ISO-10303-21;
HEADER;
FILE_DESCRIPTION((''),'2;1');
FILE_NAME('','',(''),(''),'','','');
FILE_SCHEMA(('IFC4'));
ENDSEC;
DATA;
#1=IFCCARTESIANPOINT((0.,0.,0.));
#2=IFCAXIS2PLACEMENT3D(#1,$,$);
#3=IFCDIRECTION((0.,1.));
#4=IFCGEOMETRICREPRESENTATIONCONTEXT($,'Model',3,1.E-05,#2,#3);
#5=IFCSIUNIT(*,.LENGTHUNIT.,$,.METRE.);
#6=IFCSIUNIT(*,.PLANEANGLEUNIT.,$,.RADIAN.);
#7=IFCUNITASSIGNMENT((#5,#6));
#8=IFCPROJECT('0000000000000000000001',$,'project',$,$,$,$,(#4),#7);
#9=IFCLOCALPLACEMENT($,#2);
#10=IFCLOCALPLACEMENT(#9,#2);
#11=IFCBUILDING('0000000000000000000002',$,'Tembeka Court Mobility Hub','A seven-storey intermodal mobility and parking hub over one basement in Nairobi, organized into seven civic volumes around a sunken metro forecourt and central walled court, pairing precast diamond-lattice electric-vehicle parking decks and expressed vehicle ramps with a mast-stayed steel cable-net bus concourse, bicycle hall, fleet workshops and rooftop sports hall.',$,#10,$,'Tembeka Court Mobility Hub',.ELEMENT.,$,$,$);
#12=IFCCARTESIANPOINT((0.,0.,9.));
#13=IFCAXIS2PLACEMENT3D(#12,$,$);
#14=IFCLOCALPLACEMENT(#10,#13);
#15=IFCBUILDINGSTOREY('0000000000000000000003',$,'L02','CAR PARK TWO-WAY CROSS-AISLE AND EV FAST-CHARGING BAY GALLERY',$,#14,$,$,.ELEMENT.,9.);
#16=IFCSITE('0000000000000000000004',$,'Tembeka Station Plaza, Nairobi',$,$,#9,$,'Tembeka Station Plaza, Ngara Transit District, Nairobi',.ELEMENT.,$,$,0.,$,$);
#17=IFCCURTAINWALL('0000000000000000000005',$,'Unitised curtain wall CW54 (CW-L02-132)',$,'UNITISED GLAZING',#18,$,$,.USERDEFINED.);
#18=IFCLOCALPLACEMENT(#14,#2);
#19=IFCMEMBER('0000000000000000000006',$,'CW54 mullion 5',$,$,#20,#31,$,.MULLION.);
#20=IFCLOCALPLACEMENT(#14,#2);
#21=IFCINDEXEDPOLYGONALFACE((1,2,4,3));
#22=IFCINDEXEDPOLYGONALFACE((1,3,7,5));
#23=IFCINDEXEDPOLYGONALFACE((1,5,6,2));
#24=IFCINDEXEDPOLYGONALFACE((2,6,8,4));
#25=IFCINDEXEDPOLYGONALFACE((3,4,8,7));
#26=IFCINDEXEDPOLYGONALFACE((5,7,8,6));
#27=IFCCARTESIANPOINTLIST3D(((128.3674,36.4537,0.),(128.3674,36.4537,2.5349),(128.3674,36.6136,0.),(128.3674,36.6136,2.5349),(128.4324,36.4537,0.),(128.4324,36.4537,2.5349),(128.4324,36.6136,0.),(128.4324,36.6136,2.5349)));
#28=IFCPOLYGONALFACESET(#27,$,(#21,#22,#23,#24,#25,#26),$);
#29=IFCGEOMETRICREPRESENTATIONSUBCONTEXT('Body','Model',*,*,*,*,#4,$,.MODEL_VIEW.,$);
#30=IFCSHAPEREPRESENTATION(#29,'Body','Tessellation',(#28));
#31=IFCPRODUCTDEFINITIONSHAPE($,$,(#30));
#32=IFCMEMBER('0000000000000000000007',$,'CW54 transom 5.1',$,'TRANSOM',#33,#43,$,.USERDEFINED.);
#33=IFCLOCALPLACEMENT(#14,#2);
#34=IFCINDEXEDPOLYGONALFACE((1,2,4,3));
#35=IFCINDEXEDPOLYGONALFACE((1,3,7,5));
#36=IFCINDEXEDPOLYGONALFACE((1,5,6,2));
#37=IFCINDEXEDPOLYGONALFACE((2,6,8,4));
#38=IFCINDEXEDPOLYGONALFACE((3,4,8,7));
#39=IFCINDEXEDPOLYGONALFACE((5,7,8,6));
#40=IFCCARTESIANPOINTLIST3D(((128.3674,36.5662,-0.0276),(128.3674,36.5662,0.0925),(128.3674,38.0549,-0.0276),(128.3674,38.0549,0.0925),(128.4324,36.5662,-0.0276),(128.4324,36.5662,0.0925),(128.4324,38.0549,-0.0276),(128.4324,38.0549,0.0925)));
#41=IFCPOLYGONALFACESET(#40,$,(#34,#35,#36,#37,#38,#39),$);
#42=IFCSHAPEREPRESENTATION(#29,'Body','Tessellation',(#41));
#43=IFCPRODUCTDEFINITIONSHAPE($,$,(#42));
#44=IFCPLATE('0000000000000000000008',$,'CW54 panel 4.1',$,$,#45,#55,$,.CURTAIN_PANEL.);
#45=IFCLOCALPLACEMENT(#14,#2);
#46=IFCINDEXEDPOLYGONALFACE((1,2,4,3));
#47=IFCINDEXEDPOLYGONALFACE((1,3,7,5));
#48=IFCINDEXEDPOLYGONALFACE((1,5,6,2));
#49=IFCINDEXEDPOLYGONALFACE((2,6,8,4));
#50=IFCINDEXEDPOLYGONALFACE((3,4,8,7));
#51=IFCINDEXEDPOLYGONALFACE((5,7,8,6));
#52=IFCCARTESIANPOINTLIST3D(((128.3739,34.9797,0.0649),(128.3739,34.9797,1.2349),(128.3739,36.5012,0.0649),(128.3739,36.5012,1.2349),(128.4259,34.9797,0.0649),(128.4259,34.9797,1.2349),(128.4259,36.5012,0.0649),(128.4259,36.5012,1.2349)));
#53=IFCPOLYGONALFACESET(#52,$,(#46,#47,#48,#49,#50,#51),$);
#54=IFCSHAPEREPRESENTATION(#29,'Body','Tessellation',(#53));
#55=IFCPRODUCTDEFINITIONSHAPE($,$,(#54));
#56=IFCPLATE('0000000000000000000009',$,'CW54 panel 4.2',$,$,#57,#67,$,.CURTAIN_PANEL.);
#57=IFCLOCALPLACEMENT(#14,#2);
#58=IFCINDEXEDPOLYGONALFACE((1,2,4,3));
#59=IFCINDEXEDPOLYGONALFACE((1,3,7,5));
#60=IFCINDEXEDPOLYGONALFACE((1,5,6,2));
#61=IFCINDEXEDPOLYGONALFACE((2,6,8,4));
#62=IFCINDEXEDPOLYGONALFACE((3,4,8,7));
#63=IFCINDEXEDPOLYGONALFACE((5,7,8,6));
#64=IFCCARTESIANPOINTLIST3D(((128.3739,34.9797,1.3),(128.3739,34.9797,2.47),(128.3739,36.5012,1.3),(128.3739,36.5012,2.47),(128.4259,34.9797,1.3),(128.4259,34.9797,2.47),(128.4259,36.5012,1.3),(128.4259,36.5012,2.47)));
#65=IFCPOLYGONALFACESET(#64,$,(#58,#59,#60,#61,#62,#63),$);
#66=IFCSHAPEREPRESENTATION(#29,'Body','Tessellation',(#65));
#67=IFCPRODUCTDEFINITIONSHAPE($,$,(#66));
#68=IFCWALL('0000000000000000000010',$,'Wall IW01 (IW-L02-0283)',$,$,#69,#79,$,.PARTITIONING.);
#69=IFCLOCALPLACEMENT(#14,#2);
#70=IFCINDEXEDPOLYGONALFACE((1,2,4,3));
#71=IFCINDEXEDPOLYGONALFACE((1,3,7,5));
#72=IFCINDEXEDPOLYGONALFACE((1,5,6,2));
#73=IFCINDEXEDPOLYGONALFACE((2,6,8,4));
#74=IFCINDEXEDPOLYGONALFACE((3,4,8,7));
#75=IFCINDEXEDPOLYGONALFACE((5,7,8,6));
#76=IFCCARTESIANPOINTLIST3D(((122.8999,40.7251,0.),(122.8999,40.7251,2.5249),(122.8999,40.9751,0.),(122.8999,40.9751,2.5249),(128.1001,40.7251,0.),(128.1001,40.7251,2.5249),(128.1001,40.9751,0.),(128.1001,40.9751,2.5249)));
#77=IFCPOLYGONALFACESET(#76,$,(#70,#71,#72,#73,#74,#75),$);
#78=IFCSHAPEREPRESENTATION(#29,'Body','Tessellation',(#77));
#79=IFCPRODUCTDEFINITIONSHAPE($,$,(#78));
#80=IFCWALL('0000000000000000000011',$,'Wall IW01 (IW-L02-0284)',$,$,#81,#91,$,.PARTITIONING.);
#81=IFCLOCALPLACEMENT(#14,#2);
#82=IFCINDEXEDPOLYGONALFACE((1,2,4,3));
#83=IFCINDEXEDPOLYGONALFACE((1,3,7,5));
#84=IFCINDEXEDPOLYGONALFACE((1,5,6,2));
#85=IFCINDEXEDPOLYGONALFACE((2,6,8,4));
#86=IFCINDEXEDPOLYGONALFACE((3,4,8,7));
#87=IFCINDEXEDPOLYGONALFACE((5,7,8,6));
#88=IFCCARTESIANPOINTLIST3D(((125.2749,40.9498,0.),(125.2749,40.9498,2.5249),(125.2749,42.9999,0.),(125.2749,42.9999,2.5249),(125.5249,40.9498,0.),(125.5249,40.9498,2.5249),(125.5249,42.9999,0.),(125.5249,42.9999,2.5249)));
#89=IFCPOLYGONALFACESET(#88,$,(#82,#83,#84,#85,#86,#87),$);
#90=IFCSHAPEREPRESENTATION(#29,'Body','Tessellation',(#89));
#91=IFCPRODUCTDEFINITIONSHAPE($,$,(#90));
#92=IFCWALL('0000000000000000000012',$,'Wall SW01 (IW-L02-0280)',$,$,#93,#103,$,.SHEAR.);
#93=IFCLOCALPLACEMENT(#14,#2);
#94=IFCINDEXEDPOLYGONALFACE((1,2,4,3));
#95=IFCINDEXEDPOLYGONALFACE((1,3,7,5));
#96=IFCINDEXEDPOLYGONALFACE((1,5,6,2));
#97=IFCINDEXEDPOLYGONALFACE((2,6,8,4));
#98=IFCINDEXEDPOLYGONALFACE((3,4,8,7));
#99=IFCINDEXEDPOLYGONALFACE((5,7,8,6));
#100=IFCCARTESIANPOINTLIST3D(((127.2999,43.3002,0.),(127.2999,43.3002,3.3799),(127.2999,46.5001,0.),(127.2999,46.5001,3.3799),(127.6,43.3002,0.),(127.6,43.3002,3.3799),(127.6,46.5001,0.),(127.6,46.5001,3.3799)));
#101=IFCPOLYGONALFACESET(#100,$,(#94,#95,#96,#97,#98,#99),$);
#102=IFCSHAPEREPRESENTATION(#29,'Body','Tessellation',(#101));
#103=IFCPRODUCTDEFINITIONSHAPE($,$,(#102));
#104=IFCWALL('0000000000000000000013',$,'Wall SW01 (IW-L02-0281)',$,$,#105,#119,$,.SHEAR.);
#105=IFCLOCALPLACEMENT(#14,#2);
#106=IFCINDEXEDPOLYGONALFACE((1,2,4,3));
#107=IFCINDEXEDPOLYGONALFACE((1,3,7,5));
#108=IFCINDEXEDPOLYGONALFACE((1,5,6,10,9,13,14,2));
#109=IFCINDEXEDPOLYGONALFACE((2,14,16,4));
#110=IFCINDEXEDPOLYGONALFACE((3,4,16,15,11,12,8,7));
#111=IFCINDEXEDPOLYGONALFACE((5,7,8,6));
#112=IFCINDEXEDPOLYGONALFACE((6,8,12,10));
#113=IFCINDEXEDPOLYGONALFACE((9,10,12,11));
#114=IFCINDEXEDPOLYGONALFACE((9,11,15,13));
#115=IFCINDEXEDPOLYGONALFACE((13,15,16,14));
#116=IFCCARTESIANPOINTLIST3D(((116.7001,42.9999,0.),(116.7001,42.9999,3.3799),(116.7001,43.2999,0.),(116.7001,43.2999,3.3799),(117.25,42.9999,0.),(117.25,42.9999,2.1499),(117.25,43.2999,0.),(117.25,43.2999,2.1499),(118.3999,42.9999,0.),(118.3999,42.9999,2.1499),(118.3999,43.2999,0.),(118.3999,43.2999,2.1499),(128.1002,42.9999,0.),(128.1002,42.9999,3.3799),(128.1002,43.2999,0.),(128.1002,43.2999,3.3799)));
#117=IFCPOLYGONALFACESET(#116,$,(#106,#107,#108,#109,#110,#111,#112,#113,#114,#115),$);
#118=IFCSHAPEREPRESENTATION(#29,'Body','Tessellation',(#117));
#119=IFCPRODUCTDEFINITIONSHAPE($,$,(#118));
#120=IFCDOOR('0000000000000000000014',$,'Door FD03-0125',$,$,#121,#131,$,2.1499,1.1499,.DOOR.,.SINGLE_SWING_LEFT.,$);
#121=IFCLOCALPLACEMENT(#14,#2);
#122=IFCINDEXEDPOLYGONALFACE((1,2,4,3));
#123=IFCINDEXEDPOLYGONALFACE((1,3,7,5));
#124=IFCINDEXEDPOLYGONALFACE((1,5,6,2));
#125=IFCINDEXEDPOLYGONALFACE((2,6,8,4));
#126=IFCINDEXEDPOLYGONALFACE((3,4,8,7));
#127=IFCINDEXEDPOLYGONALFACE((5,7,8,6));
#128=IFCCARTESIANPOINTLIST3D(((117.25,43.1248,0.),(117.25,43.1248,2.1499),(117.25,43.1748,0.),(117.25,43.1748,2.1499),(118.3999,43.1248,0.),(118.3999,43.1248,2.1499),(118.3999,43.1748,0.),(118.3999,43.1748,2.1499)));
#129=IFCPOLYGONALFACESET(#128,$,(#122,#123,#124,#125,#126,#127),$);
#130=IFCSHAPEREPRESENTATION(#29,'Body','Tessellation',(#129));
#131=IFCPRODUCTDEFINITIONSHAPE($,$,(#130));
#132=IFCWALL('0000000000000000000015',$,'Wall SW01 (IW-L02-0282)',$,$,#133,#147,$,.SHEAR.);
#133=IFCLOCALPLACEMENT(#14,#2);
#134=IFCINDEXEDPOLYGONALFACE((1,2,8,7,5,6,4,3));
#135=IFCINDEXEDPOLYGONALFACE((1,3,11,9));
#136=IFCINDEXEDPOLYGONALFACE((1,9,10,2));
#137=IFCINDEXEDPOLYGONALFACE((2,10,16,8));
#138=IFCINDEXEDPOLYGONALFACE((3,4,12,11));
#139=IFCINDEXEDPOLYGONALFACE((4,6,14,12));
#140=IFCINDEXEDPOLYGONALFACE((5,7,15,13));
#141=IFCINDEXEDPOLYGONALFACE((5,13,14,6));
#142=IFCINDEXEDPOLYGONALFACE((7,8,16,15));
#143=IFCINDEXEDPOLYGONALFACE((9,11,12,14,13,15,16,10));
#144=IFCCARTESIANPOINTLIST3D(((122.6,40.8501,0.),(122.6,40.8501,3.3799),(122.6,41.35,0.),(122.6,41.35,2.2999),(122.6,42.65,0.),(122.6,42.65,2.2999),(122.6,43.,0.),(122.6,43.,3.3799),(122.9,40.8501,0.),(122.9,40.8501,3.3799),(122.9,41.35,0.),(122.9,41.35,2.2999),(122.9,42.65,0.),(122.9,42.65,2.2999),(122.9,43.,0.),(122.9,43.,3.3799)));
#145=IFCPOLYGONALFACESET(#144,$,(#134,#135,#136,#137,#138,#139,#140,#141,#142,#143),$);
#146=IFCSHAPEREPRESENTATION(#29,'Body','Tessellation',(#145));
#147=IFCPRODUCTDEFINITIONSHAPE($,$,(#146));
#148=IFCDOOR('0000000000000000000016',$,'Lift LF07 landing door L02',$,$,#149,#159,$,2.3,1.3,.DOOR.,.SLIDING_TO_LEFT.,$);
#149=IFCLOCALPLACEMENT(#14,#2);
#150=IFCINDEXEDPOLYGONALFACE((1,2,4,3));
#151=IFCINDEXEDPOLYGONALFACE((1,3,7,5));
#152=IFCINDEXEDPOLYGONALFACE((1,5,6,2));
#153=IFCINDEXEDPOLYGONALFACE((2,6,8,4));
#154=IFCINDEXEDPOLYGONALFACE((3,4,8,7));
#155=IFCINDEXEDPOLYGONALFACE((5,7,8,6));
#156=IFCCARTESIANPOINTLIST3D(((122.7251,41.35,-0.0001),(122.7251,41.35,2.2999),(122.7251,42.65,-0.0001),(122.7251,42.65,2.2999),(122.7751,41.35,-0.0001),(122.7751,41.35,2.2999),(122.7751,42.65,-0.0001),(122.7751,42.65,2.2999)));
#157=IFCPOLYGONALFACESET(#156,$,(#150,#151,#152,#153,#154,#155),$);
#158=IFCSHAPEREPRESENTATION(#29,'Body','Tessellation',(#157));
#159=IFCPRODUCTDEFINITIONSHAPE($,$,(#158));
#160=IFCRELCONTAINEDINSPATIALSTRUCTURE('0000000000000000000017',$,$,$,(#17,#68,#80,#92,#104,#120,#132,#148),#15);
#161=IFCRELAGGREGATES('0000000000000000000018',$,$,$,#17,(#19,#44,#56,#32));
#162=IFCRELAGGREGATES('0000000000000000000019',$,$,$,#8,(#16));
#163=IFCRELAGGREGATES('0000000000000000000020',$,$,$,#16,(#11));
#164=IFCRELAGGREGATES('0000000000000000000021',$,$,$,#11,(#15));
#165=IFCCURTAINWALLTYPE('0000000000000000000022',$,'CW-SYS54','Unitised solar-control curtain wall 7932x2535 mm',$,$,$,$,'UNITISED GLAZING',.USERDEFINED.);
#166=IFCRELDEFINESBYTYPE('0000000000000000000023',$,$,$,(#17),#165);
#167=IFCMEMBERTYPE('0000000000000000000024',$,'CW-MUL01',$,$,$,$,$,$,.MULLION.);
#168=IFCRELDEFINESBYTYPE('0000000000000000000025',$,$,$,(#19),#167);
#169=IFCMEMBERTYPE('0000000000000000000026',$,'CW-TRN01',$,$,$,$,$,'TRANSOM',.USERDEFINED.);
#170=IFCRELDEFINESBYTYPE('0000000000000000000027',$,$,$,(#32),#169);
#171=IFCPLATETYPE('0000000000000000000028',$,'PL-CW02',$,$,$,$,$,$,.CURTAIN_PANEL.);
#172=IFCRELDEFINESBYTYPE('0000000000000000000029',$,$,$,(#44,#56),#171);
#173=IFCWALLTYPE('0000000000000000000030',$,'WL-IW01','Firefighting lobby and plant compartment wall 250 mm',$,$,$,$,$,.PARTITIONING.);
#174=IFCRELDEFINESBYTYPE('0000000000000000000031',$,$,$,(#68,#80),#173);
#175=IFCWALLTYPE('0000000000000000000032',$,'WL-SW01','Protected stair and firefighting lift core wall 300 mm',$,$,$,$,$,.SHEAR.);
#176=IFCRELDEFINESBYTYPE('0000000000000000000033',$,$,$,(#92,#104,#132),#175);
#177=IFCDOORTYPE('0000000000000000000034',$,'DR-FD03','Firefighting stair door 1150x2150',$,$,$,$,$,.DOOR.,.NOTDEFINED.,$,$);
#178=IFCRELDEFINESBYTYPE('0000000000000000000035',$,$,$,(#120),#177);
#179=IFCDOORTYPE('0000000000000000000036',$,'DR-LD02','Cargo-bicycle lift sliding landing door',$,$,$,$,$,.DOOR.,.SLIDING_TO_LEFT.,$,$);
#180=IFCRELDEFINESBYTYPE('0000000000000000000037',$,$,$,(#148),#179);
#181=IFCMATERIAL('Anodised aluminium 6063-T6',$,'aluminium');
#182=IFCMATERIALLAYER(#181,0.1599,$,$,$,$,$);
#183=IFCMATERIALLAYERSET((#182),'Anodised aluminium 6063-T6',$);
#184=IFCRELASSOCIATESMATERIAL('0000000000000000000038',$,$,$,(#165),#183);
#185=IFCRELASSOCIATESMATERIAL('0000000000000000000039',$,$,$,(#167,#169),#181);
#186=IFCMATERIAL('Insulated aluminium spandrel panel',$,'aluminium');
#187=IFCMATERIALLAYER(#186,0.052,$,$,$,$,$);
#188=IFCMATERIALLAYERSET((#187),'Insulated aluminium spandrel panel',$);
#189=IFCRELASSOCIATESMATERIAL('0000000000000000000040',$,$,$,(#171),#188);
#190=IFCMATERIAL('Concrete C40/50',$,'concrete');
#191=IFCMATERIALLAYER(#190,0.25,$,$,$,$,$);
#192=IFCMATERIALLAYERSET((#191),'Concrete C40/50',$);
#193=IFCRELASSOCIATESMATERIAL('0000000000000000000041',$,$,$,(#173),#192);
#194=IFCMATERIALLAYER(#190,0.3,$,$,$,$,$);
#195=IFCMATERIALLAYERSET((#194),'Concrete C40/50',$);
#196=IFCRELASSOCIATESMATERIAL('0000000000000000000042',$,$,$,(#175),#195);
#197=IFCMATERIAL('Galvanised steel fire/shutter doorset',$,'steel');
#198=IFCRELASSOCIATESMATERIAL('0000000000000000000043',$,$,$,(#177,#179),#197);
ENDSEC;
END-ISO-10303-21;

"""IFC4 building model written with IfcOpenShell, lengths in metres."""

from ifc_helpers import new_model, si_unit, direction, frame, frame_2d, origin, origin_2d, place, context, subcontext, project, spatial, rectangle, extrude, material, layer, layer_set, material_profile, profile_set, type_object, element, fill, aggregate, save


model = new_model("IFC4")

# Units and contexts
model_context = context("Model", 3, precision=1e-05, world=origin(), true_north=direction((0.0, 1.0)))
body_context = subcontext(model_context, "Body", "Model", "MODEL_VIEW")
ifc_project = project(units=[si_unit("LENGTHUNIT", "METRE"), si_unit("PLANEANGLEUNIT", "RADIAN")], contexts=[model_context])

# Site, building, storey
site_placement = place(None, origin())
site = spatial("IfcSite", under=ifc_project, at=site_placement, Name="Tembeka Station Plaza, Nairobi", LongName="Tembeka Station Plaza, Ngara Transit District, Nairobi", CompositionType="ELEMENT", RefElevation=0.0)
building_placement = place(site_placement, origin())
building = spatial("IfcBuilding", under=site, at=building_placement, Name="Tembeka Court Mobility Hub", Description="A seven-storey intermodal mobility and parking hub over one basement in Nairobi, organized into seven civic volumes around a sunken metro forecourt and central walled court, pairing precast diamond-lattice electric-vehicle parking decks and expressed vehicle ramps with a mast-stayed steel cable-net bus concourse, bicycle hall, fleet workshops and rooftop sports hall.", LongName="Tembeka Court Mobility Hub", CompositionType="ELEMENT")
storey_placement = place(building_placement, frame((0.0, 0.0, 9.0)))
storey = spatial("IfcBuildingStorey", under=building, at=storey_placement, Name="L02", Description="CAR PARK TWO-WAY CROSS-AISLE AND EV FAST-CHARGING BAY GALLERY", CompositionType="ELEMENT", Elevation=9.0)

# Curtain wall, members, plates
ifc_material_1 = material(Name="Anodised aluminium 6063-T6", Category="aluminium")
ifc_layer_1 = layer(ifc_material_1, 0.1599)
ifc_layer_set_1 = layer_set([ifc_layer_1], Name="Anodised aluminium 6063-T6")
curtain_wall_type = type_object("IfcCurtainWallType", Name="CW-SYS54", Description="Unitised solar-control curtain wall 7932x2535 mm", ElementType="UNITISED GLAZING", PredefinedType="USERDEFINED", material=ifc_layer_set_1)
curtain_wall_placement = place(storey_placement, origin())
curtain_wall = element("IfcCurtainWall", 1, at=curtain_wall_placement, inside=storey, type_object=curtain_wall_type, Name="Unitised curtain wall CW54 (CW-L02-132)", ObjectType="UNITISED GLAZING", PredefinedType="USERDEFINED")
ifc_material_profile_1 = material_profile(ifc_material_1, rectangle(XDim=0.0649, YDim=0.1599, at=origin_2d()), Name="ALU-MUL 65x160")
ifc_profile_set_1 = profile_set([ifc_material_profile_1], Name="Anodised aluminium 6063-T6")
member_type_1 = type_object("IfcMemberType", Name="CW-MUL01", PredefinedType="MULLION", material=ifc_profile_set_1)
member_1_placement = place(storey_placement, frame((128.3999, 36.5337, 0.0), z_axis=(0.0, 0.0, 1.0), x_axis=(-1.0, 0.0, 0.0)))
member_1 = element("IfcMember", 2, at=member_1_placement, type_object=member_type_1, Name="CW54 mullion 5", PredefinedType="MULLION", context=body_context, shape_type="SweptSolid", body=[
    extrude(rectangle(XDim=0.0649, YDim=0.1599, at=origin_2d()), origin(), (0.0, 0.0, 1.0), 2.5349),
])
ifc_material_profile_2 = material_profile(ifc_material_1, rectangle(XDim=0.0649, YDim=0.1201, at=origin_2d()), Name="ALU-TRN 65x120")
ifc_profile_set_2 = profile_set([ifc_material_profile_2], Name="Anodised aluminium 6063-T6")
member_type_2 = type_object("IfcMemberType", Name="CW-TRN01", ElementType="TRANSOM", PredefinedType="USERDEFINED", material=ifc_profile_set_2)
member_2_placement = place(storey_placement, frame((128.3999, 36.5662, 0.0325), z_axis=(0.0, 1.0, 0.0), x_axis=(-1.0, 0.0, 0.0)))
member_2 = element("IfcMember", 3, at=member_2_placement, type_object=member_type_2, Name="CW54 transom 5.1", ObjectType="TRANSOM", PredefinedType="USERDEFINED", context=body_context, shape_type="SweptSolid", body=[
    extrude(rectangle(XDim=0.0649, YDim=0.1201, at=origin_2d()), origin(), (0.0, 0.0, 1.0), 1.4888),
])
ifc_material_2 = material(Name="Insulated aluminium spandrel panel", Category="aluminium")
ifc_layer_2 = layer(ifc_material_2, 0.052)
ifc_layer_set_2 = layer_set([ifc_layer_2], Name="Insulated aluminium spandrel panel")
plate_type = type_object("IfcPlateType", Name="PL-CW02", PredefinedType="CURTAIN_PANEL", material=ifc_layer_set_2)
plate_1_placement = place(storey_placement, frame((128.3999, 35.7405, 0.0649), z_axis=(0.0, 0.0, 1.0), x_axis=(0.0, 1.0, 0.0)))
plate_1 = element("IfcPlate", 4, at=plate_1_placement, type_object=plate_type, Name="CW54 panel 4.1", PredefinedType="CURTAIN_PANEL", context=body_context, shape_type="SweptSolid", body=[
    extrude(rectangle(XDim=1.5215, YDim=0.052, at=origin_2d()), origin(), (0.0, 0.0, 1.0), 1.1699),
])
plate_2_placement = place(storey_placement, frame((128.3999, 35.7405, 1.3), z_axis=(0.0, 0.0, 1.0), x_axis=(0.0, 1.0, 0.0)))
plate_2 = element("IfcPlate", 5, at=plate_2_placement, type_object=plate_type, Name="CW54 panel 4.2", PredefinedType="CURTAIN_PANEL", context=body_context, shape_type="SweptSolid", body=[
    extrude(rectangle(XDim=1.5215, YDim=0.052, at=origin_2d()), origin(), (0.0, 0.0, 1.0), 1.1699),
])
aggregate(curtain_wall, [member_1, plate_1, plate_2, member_2])

# Walls
ifc_material_3 = material(Name="Concrete C40/50", Category="concrete")
ifc_layer_3 = layer(ifc_material_3, 0.25)
ifc_layer_set_3 = layer_set([ifc_layer_3], Name="Concrete C40/50")
wall_type_1 = type_object("IfcWallType", Name="WL-IW01", Description="Firefighting lobby and plant compartment wall 250 mm", PredefinedType="PARTITIONING", material=ifc_layer_set_3)
wall_1_placement = place(storey_placement, frame((122.8999, 40.8501, 0.0), z_axis=(0.0, 0.0, 1.0), x_axis=(1.0, 0.0, 0.0)))
element("IfcWall", 6, at=wall_1_placement, inside=storey, type_object=wall_type_1, Name="Wall IW01 (IW-L02-0283)", PredefinedType="PARTITIONING", context=body_context, shape_type="SweptSolid", body=[
    extrude(rectangle(XDim=5.2002, YDim=0.25, at=frame_2d((2.6001, 0.0))), origin(), (0.0, 0.0, 1.0), 2.5249),
])
wall_2_placement = place(storey_placement, frame((125.3999, 40.95, 0.0), z_axis=(0.0, 0.0, 1.0), x_axis=(0.0, 1.0, 0.0)))
element("IfcWall", 7, at=wall_2_placement, inside=storey, type_object=wall_type_1, Name="Wall IW01 (IW-L02-0284)", PredefinedType="PARTITIONING", context=body_context, shape_type="SweptSolid", body=[
    extrude(rectangle(XDim=2.05, YDim=0.25, at=frame_2d((1.0249, 0.0))), origin(), (0.0, 0.0, 1.0), 2.5249),
])

# Shared definitions
ifc_layer_4 = layer(ifc_material_3, 0.3)
ifc_layer_set_4 = layer_set([ifc_layer_4], Name="Concrete C40/50")
wall_type_2 = type_object("IfcWallType", Name="WL-SW01", Description="Protected stair and firefighting lift core wall 300 mm", PredefinedType="SHEAR", material=ifc_layer_set_4)
ifc_material_4 = material(Name="Galvanised steel fire/shutter doorset", Category="steel")

# Wall
wall_3_placement = place(storey_placement, frame((127.45, 43.3, 0.0), z_axis=(0.0, 0.0, 1.0), x_axis=(0.0, 1.0, 0.0)))
element("IfcWall", 8, at=wall_3_placement, inside=storey, type_object=wall_type_2, Name="Wall SW01 (IW-L02-0280)", PredefinedType="SHEAR", context=body_context, shape_type="SweptSolid", body=[
    extrude(rectangle(XDim=3.2, YDim=0.3, at=frame_2d((1.6001, 0.0))), origin(), (0.0, 0.0, 1.0), 3.3799),
])

# Walls, openings, doors
wall_4_placement = place(storey_placement, frame((116.7, 43.1499, 0.0), z_axis=(0.0, 0.0, 1.0), x_axis=(1.0, 0.0, 0.0)))
wall_4 = element("IfcWall", 9, at=wall_4_placement, inside=storey, type_object=wall_type_2, Name="Wall SW01 (IW-L02-0281)", PredefinedType="SHEAR", context=body_context, shape_type="SweptSolid", body=[
    extrude(rectangle(XDim=11.4001, YDim=0.3, at=frame_2d((5.7002, 0.0))), origin(), (0.0, 0.0, 1.0), 3.3799),
])
opening_1_placement = place(wall_4_placement, frame((0.55, 0.0, 0.0)))
opening_1 = element("IfcOpeningElement", 10, at=opening_1_placement, cuts=wall_4, PredefinedType="OPENING", context=body_context, shape_type="SweptSolid", body=[
    extrude(rectangle(XDim=1.1499, YDim=2.1499, at=frame_2d((0.575, 1.075))), frame((0.0, 0.1602, 0.0), z_axis=(0.0, -1.0, 0.0), x_axis=(1.0, 0.0, 0.0)), (0.0, 0.0, 1.0), 0.3201),
])
door_type_1 = type_object("IfcDoorType", Name="DR-FD03", Description="Firefighting stair door 1150x2150", OperationType="NOTDEFINED", PredefinedType="DOOR", material=ifc_material_4)
door_1_placement = place(opening_1_placement, origin())
door_1 = element("IfcDoor", 11, at=door_1_placement, inside=storey, type_object=door_type_1, Name="Door FD03-0125", OperationType="SINGLE_SWING_LEFT", OverallHeight=2.1499, OverallWidth=1.1499, PredefinedType="DOOR", context=body_context, shape_type="SweptSolid", body=[
    extrude(rectangle(XDim=1.1499, YDim=2.1499, at=frame_2d((0.575, 1.075))), frame((0.0, 0.0249, 0.0), z_axis=(0.0, -1.0, 0.0), x_axis=(1.0, 0.0, 0.0)), (0.0, 0.0, 1.0), 0.05),
])
fill(opening_1, door_1)
wall_5_placement = place(storey_placement, frame((122.75, 40.8501, 0.0), z_axis=(0.0, 0.0, 1.0), x_axis=(0.0, 1.0, 0.0)))
wall_5 = element("IfcWall", 12, at=wall_5_placement, inside=storey, type_object=wall_type_2, Name="Wall SW01 (IW-L02-0282)", PredefinedType="SHEAR", context=body_context, shape_type="SweptSolid", body=[
    extrude(rectangle(XDim=2.1499, YDim=0.3, at=frame_2d((1.075, 0.0))), origin(), (0.0, 0.0, 1.0), 3.3799),
])
opening_2_placement = place(wall_5_placement, frame((0.5, 0.0, 0.0)))
opening_2 = element("IfcOpeningElement", 13, at=opening_2_placement, cuts=wall_5, PredefinedType="OPENING", context=body_context, shape_type="SweptSolid", body=[
    extrude(rectangle(XDim=1.3, YDim=2.3, at=frame_2d((0.6499, 1.1499))), frame((0.0, 0.1602, 0.0), z_axis=(0.0, -1.0, 0.0), x_axis=(1.0, 0.0, 0.0)), (0.0, 0.0, 1.0), 0.3201),
])
door_type_2 = type_object("IfcDoorType", Name="DR-LD02", Description="Cargo-bicycle lift sliding landing door", OperationType="SLIDING_TO_LEFT", PredefinedType="DOOR", material=ifc_material_4)
door_2_placement = place(opening_2_placement, origin())
door_2 = element("IfcDoor", 14, at=door_2_placement, inside=storey, type_object=door_type_2, Name="Lift LF07 landing door L02", OperationType="SLIDING_TO_LEFT", OverallHeight=2.3, OverallWidth=1.3, PredefinedType="DOOR", context=body_context, shape_type="SweptSolid", body=[
    extrude(rectangle(XDim=1.3, YDim=2.3, at=frame_2d((0.6499, 1.1499))), frame((0.0, 0.0249, 0.0), z_axis=(0.0, -1.0, 0.0), x_axis=(1.0, 0.0, 0.0)), (0.0, 0.0, 1.0), 0.05),
])
fill(opening_2, door_2)

save(model, "model.ifc")
